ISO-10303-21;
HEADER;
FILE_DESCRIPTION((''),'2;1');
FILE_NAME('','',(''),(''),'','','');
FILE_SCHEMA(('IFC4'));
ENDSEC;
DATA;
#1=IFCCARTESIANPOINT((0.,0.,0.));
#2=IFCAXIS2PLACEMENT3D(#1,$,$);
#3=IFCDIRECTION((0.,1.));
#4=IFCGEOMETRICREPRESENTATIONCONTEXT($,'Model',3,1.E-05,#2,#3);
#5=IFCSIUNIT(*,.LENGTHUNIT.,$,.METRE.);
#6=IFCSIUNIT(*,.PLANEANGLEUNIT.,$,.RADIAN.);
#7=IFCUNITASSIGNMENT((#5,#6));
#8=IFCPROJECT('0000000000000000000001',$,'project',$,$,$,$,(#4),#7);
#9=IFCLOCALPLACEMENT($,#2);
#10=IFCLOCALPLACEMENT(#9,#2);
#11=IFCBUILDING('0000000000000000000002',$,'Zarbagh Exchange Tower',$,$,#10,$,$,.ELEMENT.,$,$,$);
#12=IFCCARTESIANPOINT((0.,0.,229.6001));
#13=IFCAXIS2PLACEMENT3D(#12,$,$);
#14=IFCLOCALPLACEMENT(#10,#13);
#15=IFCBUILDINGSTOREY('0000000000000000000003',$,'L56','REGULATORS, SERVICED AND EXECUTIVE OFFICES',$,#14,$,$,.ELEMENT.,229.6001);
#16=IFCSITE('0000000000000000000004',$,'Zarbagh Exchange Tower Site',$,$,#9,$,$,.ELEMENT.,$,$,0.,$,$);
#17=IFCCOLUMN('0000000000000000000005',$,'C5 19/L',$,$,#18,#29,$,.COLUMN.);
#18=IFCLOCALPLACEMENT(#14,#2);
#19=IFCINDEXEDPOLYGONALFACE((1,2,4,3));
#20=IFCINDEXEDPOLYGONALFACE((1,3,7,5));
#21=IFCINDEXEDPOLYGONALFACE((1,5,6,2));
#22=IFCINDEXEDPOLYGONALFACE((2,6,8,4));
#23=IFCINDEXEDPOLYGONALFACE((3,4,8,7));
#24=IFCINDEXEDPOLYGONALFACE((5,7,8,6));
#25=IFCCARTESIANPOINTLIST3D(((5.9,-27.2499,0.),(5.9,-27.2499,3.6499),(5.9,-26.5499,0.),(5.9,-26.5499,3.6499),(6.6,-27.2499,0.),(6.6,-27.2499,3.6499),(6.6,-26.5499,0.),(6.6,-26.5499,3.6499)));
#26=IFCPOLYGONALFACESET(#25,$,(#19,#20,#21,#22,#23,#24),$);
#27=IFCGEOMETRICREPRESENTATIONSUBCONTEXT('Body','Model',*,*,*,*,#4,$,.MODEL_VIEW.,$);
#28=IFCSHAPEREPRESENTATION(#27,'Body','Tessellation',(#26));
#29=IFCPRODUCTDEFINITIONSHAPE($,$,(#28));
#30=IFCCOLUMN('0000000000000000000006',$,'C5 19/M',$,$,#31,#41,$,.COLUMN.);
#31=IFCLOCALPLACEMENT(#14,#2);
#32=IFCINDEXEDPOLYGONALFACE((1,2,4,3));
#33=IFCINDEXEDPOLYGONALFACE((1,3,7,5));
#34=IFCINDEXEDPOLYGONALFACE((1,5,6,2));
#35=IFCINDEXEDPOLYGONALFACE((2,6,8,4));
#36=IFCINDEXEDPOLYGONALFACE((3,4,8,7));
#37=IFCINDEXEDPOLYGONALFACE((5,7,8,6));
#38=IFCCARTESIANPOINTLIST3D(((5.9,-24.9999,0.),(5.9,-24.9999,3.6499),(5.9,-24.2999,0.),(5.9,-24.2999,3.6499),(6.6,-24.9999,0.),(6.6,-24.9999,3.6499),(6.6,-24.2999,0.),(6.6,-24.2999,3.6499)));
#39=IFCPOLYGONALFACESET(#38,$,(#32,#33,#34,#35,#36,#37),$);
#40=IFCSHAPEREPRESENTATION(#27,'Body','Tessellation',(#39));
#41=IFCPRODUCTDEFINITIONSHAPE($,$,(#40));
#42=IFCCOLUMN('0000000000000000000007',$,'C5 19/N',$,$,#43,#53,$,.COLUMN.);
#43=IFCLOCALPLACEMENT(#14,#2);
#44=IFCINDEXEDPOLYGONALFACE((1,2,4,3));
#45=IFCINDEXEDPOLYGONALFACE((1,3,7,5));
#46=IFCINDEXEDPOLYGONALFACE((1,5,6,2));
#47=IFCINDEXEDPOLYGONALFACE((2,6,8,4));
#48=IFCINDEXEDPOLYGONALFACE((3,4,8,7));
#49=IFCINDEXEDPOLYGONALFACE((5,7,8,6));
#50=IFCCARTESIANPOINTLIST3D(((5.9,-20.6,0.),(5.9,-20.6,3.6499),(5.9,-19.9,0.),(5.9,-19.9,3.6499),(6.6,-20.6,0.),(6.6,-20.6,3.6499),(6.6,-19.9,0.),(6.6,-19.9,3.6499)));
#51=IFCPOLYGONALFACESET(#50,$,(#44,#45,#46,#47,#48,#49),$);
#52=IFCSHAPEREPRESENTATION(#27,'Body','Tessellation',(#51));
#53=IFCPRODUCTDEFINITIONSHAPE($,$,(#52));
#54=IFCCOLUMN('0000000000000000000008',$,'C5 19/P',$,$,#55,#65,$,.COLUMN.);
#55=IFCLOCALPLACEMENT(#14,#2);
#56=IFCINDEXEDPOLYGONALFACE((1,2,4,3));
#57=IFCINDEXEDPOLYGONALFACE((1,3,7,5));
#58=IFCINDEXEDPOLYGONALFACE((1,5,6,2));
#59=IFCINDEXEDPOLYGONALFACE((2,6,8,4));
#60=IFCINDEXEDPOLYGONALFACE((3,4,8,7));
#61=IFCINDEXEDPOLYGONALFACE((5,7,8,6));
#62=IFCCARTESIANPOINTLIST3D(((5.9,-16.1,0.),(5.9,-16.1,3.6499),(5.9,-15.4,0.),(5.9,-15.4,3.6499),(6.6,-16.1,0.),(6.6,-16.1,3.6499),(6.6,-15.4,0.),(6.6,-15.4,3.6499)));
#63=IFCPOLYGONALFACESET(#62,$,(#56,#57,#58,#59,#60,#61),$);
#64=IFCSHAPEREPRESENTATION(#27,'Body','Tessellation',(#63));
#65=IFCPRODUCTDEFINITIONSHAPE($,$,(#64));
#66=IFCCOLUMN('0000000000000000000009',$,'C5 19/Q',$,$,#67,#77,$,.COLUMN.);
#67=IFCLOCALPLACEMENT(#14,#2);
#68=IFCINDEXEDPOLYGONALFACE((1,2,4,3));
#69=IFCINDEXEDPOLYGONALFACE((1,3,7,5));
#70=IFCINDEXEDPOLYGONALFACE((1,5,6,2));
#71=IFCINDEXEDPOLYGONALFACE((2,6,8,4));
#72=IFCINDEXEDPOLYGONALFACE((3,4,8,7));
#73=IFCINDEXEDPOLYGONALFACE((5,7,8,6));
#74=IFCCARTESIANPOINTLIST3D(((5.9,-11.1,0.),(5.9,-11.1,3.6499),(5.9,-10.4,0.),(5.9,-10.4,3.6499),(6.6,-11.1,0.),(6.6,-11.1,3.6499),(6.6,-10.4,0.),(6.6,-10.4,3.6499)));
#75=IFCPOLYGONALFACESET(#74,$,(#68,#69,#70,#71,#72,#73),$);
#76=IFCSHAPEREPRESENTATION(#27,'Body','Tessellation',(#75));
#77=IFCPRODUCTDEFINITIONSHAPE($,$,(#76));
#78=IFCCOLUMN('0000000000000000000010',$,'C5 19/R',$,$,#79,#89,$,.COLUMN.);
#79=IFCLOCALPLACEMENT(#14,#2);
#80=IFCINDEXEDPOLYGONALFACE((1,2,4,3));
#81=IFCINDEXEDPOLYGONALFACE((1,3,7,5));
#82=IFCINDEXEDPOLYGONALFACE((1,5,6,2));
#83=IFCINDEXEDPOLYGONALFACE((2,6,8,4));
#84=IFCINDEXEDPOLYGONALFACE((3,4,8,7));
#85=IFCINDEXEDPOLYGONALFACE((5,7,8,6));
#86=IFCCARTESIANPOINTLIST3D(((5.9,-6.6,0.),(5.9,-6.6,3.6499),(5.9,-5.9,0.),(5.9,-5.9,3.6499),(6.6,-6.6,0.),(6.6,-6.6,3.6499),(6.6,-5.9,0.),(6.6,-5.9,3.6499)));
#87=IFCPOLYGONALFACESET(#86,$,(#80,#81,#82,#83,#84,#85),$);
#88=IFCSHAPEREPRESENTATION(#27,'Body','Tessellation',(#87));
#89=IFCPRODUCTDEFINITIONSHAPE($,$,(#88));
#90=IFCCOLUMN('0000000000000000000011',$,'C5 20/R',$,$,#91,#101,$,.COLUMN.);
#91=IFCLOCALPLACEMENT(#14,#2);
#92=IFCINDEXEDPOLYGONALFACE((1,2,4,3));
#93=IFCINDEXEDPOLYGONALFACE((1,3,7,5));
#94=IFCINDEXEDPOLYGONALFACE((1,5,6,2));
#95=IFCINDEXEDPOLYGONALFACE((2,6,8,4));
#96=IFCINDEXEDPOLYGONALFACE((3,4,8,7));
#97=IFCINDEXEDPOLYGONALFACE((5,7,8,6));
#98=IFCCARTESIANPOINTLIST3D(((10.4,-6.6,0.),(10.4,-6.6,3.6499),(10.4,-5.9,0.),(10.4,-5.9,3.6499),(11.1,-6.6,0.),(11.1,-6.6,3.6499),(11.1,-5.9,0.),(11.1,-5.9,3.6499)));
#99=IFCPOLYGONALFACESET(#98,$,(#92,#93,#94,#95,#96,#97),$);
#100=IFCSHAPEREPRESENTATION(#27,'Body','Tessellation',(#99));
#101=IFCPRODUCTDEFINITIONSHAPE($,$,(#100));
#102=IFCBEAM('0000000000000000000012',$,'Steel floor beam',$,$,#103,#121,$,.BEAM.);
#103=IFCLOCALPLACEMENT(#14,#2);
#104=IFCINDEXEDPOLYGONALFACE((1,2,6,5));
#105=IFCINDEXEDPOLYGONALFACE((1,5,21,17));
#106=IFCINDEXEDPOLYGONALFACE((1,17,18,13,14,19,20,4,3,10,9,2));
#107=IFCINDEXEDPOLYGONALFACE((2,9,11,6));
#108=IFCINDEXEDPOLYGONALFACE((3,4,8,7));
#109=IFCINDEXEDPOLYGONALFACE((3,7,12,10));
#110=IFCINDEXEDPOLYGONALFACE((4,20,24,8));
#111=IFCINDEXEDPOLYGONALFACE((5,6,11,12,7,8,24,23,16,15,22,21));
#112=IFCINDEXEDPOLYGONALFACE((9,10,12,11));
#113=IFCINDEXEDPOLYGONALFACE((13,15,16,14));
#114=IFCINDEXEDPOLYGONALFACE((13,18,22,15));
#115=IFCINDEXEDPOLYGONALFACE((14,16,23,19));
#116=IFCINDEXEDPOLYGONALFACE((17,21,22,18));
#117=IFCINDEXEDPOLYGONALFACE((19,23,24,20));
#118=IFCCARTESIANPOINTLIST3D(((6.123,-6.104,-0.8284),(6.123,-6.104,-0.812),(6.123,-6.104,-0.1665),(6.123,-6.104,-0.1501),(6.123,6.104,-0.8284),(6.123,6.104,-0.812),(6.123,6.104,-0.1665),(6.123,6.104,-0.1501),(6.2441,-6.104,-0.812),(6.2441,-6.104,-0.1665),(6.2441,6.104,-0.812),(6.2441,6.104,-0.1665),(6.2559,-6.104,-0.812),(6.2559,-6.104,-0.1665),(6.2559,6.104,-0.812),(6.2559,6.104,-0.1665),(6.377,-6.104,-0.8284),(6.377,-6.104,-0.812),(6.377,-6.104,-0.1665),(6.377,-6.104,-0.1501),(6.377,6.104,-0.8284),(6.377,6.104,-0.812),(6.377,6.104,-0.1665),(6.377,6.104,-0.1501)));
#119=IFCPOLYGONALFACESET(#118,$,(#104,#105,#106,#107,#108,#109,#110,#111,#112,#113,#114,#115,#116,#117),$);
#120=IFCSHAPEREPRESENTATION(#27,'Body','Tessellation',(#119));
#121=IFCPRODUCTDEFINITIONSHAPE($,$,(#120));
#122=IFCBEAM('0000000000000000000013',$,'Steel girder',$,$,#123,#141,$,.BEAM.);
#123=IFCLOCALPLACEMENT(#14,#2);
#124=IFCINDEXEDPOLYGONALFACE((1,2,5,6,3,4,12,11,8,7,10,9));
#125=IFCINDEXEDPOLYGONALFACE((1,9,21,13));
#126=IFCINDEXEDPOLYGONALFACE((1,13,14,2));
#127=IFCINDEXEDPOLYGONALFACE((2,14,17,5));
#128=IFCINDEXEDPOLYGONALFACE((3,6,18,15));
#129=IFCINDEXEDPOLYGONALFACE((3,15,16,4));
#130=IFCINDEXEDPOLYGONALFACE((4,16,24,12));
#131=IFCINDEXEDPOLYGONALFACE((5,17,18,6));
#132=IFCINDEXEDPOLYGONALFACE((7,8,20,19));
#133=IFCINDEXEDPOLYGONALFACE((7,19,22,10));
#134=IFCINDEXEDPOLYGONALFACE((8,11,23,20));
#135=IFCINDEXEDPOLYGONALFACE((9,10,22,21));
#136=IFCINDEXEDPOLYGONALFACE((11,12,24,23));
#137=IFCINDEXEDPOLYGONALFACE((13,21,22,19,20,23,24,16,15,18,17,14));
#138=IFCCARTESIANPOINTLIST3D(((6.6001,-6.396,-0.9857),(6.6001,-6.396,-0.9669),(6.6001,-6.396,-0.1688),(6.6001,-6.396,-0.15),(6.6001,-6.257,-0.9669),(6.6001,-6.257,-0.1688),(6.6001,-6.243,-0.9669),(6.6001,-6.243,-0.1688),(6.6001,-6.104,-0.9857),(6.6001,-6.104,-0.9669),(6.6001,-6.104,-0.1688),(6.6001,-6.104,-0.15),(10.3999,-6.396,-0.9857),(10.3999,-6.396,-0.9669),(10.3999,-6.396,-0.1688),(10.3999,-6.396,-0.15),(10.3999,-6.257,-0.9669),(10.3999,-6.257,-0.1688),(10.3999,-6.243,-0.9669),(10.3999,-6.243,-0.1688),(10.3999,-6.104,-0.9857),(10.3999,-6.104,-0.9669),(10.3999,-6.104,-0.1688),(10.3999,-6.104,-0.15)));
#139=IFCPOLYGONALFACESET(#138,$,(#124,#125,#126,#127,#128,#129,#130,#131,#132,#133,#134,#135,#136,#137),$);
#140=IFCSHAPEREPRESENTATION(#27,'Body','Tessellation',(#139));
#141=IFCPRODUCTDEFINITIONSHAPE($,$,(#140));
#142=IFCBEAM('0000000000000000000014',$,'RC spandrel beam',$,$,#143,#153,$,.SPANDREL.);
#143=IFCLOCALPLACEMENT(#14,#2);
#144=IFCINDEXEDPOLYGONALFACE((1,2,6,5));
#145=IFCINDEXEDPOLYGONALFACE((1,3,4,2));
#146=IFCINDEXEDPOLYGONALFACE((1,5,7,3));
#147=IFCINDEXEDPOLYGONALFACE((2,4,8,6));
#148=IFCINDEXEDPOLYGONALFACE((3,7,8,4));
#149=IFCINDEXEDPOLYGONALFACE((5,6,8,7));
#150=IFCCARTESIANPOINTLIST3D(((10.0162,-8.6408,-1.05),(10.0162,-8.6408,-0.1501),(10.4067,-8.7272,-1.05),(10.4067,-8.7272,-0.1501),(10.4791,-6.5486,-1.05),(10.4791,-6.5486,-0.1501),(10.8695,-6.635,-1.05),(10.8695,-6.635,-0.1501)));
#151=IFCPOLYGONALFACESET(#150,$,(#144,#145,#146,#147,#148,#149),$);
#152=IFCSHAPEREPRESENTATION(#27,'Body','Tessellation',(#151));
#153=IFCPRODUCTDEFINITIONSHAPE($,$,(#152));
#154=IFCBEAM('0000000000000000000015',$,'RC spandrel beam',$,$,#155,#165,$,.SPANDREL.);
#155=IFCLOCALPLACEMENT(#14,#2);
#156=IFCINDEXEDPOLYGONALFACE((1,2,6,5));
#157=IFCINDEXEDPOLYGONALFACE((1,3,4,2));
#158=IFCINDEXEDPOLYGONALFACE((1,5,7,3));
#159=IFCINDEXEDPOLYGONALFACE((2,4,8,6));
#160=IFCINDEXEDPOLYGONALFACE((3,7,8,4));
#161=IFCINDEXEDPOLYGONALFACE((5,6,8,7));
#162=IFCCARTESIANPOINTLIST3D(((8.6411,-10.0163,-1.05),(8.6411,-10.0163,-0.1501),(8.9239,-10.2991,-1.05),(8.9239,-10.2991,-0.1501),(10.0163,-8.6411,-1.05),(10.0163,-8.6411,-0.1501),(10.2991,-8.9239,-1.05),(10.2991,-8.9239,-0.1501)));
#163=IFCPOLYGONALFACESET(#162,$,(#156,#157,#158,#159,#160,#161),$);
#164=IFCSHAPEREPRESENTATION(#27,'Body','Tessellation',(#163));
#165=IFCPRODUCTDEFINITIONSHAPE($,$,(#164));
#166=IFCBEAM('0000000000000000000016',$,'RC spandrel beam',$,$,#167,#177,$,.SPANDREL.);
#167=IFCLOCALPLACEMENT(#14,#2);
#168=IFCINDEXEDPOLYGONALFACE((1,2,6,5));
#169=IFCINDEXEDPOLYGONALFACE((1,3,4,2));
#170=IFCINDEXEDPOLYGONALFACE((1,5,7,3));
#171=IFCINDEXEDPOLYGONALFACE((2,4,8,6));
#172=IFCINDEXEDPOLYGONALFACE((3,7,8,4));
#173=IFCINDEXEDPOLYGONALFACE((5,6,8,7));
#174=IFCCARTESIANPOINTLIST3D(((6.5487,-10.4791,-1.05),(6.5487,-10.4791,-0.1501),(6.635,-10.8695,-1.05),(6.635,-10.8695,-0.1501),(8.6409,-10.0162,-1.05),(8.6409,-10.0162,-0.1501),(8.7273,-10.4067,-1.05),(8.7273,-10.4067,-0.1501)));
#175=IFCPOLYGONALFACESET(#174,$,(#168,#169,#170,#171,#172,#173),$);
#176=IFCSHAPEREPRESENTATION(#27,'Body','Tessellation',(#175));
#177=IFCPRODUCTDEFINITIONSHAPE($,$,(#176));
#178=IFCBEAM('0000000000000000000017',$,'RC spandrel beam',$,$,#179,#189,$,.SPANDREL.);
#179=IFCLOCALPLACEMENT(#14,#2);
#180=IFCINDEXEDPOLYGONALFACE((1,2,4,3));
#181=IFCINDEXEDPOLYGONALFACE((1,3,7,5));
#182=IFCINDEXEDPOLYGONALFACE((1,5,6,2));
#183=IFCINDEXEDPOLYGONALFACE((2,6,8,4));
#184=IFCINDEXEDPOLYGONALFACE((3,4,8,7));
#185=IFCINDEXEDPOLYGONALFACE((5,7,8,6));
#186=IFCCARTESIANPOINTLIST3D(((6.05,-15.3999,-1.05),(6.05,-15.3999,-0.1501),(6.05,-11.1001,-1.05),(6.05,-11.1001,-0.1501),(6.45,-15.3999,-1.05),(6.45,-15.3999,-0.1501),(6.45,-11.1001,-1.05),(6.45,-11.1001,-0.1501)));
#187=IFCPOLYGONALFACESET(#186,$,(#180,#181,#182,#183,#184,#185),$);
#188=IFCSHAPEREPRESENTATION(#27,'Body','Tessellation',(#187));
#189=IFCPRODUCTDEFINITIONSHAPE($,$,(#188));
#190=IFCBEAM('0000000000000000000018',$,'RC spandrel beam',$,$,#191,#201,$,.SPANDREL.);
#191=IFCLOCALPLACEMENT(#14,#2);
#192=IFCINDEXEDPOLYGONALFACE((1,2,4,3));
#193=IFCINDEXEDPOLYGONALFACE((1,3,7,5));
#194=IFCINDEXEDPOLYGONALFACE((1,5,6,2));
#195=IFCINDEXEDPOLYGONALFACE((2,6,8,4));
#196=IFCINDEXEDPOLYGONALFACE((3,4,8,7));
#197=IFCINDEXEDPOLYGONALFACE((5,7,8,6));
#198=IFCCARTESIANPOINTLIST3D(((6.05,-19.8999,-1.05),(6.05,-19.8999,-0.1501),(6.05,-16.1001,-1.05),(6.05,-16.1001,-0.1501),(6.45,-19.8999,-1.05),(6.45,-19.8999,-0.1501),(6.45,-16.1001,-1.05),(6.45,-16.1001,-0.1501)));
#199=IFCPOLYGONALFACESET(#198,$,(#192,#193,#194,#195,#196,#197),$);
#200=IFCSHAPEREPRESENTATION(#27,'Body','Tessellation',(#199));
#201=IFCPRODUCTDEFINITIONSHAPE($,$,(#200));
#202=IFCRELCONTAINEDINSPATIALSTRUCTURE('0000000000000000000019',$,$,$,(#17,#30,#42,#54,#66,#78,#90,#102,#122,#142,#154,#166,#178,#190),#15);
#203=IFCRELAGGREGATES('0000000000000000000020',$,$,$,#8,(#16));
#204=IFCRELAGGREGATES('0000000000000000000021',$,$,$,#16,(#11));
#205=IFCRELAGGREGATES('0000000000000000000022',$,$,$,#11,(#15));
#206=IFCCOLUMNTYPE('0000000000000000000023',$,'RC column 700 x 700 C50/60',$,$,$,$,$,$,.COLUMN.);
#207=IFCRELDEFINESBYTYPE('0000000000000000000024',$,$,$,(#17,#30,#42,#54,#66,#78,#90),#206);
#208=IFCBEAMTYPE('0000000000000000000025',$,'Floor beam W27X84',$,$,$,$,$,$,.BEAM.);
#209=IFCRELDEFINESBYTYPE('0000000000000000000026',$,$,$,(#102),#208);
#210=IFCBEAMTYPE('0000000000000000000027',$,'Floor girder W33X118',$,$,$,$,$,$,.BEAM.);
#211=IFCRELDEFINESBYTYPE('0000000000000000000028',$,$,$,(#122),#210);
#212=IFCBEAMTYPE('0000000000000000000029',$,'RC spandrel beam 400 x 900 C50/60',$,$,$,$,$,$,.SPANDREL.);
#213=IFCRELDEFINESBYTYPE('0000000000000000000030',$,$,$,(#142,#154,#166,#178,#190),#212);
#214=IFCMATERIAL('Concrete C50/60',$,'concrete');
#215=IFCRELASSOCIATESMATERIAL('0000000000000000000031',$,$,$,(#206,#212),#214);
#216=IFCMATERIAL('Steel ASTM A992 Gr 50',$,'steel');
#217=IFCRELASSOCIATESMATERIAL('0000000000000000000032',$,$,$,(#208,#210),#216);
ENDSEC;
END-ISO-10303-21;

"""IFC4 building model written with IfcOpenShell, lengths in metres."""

from ifc_helpers import new_model, si_unit, direction, frame, origin, origin_2d, place, context, subcontext, project, spatial, rectangle, i_section, extrude, material, material_profile, profile_set, type_object, element, save


model = new_model("IFC4")

# Units and contexts
model_context = context("Model", 3, precision=1e-05, world=origin(), true_north=direction((0.0, 1.0)))
body_context = subcontext(model_context, "Body", "Model", "MODEL_VIEW")
ifc_project = project(units=[si_unit("LENGTHUNIT", "METRE"), si_unit("PLANEANGLEUNIT", "RADIAN")], contexts=[model_context])

# Site, building, storey
site_placement = place(None, origin())
site = spatial("IfcSite", under=ifc_project, at=site_placement, Name="Zarbagh Exchange Tower Site", CompositionType="ELEMENT", RefElevation=0.0)
building_placement = place(site_placement, origin())
building = spatial("IfcBuilding", under=site, at=building_placement, Name="Zarbagh Exchange Tower", CompositionType="ELEMENT")
storey_placement = place(building_placement, frame((0.0, 0.0, 229.6001)))
storey = spatial("IfcBuildingStorey", under=building, at=storey_placement, Name="L56", Description="REGULATORS, SERVICED AND EXECUTIVE OFFICES", CompositionType="ELEMENT", Elevation=229.6001)

# Columns
ifc_material_1 = material(Name="Concrete C50/60", Category="concrete")
ifc_material_profile_1 = material_profile(ifc_material_1, rectangle(XDim=0.7, YDim=0.7, at=origin_2d()), Name="RC column 700 x 700 C50/60")
ifc_profile_set_1 = profile_set([ifc_material_profile_1], Name="Concrete C50/60")
column_type = type_object("IfcColumnType", Name="RC column 700 x 700 C50/60", PredefinedType="COLUMN", material=ifc_profile_set_1)
for number, where, z_axis, x_axis, name in (
    (1, (6.25, -26.8999, 0.0), (0.0, 0.0, 1.0), (1.0, 0.0, 0.0), "C5 19/L"),
    (2, (6.25, -24.6499, 0.0), (0.0, 0.0, 1.0), (1.0, 0.0, 0.0), "C5 19/M"),
    (3, (6.25, -20.25, 0.0), (0.0, 0.0, 1.0), (1.0, 0.0, 0.0), "C5 19/N"),
    (4, (6.25, -15.75, 0.0), (0.0, 0.0, 1.0), (1.0, 0.0, 0.0), "C5 19/P"),
    (5, (6.25, -10.75, 0.0), (0.0, 0.0, 1.0), (1.0, 0.0, 0.0), "C5 19/Q"),
    (6, (6.25, -6.25, 0.0), (0.0, 0.0, 1.0), (1.0, 0.0, 0.0), "C5 19/R"),
    (7, (10.75, -6.25, 0.0), (0.0, 0.0, 1.0), (1.0, 0.0, 0.0), "C5 20/R"),
):
    element("IfcColumn", number, at=place(storey_placement, frame(where, z_axis=z_axis, x_axis=x_axis)), inside=storey, type_object=column_type, Name=name, PredefinedType="COLUMN", context=body_context, shape_type="SweptSolid", body=[
        extrude(rectangle(XDim=0.7, YDim=0.7, at=origin_2d()), origin(), (0.0, 0.0, 1.0), 3.6499),
    ])

# Beams
ifc_material_2 = material(Name="Steel ASTM A992 Gr 50", Category="steel")
ifc_material_profile_2 = material_profile(ifc_material_2, i_section(OverallWidth=0.2539, OverallDepth=0.6782, WebThickness=0.0117, FlangeThickness=0.0164, at=origin_2d()), Name="W27X84")
ifc_profile_set_2 = profile_set([ifc_material_profile_2], Name="Steel ASTM A992 Gr 50")
beam_type_1 = type_object("IfcBeamType", Name="Floor beam W27X84", PredefinedType="BEAM", material=ifc_profile_set_2)
beam_1_placement = place(storey_placement, frame((6.25, -6.104, -0.4893), z_axis=(0.0, 1.0, 0.0), x_axis=(-1.0, 0.0, 0.0)))
element("IfcBeam", 8, at=beam_1_placement, inside=storey, type_object=beam_type_1, Name="Steel floor beam", PredefinedType="BEAM", context=body_context, shape_type="SweptSolid", body=[
    extrude(i_section(OverallWidth=0.2539, OverallDepth=0.6782, WebThickness=0.0117, FlangeThickness=0.0164, at=origin_2d()), origin(), (0.0, 0.0, 1.0), 12.208),
])
ifc_material_profile_3 = material_profile(ifc_material_2, i_section(OverallWidth=0.292, OverallDepth=0.8357, WebThickness=0.0139, FlangeThickness=0.0188, at=origin_2d()), Name="W33X118")
ifc_profile_set_3 = profile_set([ifc_material_profile_3], Name="Steel ASTM A992 Gr 50")
beam_type_2 = type_object("IfcBeamType", Name="Floor girder W33X118", PredefinedType="BEAM", material=ifc_profile_set_3)
beam_2_placement = place(storey_placement, frame((6.6001, -6.25, -0.5679), z_axis=(1.0, 0.0, 0.0), x_axis=(0.0, 1.0, 0.0)))
element("IfcBeam", 9, at=beam_2_placement, inside=storey, type_object=beam_type_2, Name="Steel girder", PredefinedType="BEAM", context=body_context, shape_type="SweptSolid", body=[
    extrude(i_section(OverallWidth=0.292, OverallDepth=0.8357, WebThickness=0.0139, FlangeThickness=0.0188, at=origin_2d()), origin(), (0.0, 0.0, 1.0), 3.7998),
])
ifc_material_profile_4 = material_profile(ifc_material_1, rectangle(XDim=0.3999, YDim=0.8999, at=origin_2d()), Name="RC spandrel beam 400 x 900 C50/60")
ifc_profile_set_4 = profile_set([ifc_material_profile_4], Name="Concrete C50/60")
beam_type_3 = type_object("IfcBeamType", Name="RC spandrel beam 400 x 900 C50/60", PredefinedType="SPANDREL", material=ifc_profile_set_4)
beam_3_placement = place(storey_placement, frame((10.6743, -6.5918, -0.6001), z_axis=(-0.216014, -0.97639, 0.0), x_axis=(0.97639, -0.216014, 0.0)))
element("IfcBeam", 10, at=beam_3_placement, inside=storey, type_object=beam_type_3, Name="RC spandrel beam", PredefinedType="SPANDREL", context=body_context, shape_type="SweptSolid", body=[
    extrude(rectangle(XDim=0.3999, YDim=0.8999, at=origin_2d()), origin(), (0.0, 0.0, 1.0), 2.1428),
])
beam_4_placement = place(storey_placement, frame((10.1577, -8.7825, -0.6001), z_axis=(-0.707107, -0.707107, 0.0), x_axis=(0.707107, -0.707107, 0.0)))
element("IfcBeam", 11, at=beam_4_placement, inside=storey, type_object=beam_type_3, Name="RC spandrel beam", PredefinedType="SPANDREL", context=body_context, shape_type="SweptSolid", body=[
    extrude(rectangle(XDim=0.3999, YDim=0.8999, at=origin_2d()), origin(), (0.0, 0.0, 1.0), 1.9448),
])
beam_5_placement = place(storey_placement, frame((8.6841, -10.2114, -0.6001), z_axis=(-0.97639, -0.216014, 0.0), x_axis=(0.216014, -0.97639, 0.0)))
element("IfcBeam", 12, at=beam_5_placement, inside=storey, type_object=beam_type_3, Name="RC spandrel beam", PredefinedType="SPANDREL", context=body_context, shape_type="SweptSolid", body=[
    extrude(rectangle(XDim=0.3999, YDim=0.8999, at=origin_2d()), origin(), (0.0, 0.0, 1.0), 2.1428),
])
beam_6_placement = place(storey_placement, frame((6.25, -11.1001, -0.6001), z_axis=(0.0, -1.0, 0.0), x_axis=(1.0, 0.0, 0.0)))
element("IfcBeam", 13, at=beam_6_placement, inside=storey, type_object=beam_type_3, Name="RC spandrel beam", PredefinedType="SPANDREL", context=body_context, shape_type="SweptSolid", body=[
    extrude(rectangle(XDim=0.3999, YDim=0.8999, at=origin_2d()), origin(), (0.0, 0.0, 1.0), 4.2998),
])
beam_7_placement = place(storey_placement, frame((6.25, -16.1001, -0.6001), z_axis=(0.0, -1.0, 0.0), x_axis=(1.0, 0.0, 0.0)))
element("IfcBeam", 14, at=beam_7_placement, inside=storey, type_object=beam_type_3, Name="RC spandrel beam", PredefinedType="SPANDREL", context=body_context, shape_type="SweptSolid", body=[
    extrude(rectangle(XDim=0.3999, YDim=0.8999, at=origin_2d()), origin(), (0.0, 0.0, 1.0), 3.7998),
])

save(model, "model.ifc")
